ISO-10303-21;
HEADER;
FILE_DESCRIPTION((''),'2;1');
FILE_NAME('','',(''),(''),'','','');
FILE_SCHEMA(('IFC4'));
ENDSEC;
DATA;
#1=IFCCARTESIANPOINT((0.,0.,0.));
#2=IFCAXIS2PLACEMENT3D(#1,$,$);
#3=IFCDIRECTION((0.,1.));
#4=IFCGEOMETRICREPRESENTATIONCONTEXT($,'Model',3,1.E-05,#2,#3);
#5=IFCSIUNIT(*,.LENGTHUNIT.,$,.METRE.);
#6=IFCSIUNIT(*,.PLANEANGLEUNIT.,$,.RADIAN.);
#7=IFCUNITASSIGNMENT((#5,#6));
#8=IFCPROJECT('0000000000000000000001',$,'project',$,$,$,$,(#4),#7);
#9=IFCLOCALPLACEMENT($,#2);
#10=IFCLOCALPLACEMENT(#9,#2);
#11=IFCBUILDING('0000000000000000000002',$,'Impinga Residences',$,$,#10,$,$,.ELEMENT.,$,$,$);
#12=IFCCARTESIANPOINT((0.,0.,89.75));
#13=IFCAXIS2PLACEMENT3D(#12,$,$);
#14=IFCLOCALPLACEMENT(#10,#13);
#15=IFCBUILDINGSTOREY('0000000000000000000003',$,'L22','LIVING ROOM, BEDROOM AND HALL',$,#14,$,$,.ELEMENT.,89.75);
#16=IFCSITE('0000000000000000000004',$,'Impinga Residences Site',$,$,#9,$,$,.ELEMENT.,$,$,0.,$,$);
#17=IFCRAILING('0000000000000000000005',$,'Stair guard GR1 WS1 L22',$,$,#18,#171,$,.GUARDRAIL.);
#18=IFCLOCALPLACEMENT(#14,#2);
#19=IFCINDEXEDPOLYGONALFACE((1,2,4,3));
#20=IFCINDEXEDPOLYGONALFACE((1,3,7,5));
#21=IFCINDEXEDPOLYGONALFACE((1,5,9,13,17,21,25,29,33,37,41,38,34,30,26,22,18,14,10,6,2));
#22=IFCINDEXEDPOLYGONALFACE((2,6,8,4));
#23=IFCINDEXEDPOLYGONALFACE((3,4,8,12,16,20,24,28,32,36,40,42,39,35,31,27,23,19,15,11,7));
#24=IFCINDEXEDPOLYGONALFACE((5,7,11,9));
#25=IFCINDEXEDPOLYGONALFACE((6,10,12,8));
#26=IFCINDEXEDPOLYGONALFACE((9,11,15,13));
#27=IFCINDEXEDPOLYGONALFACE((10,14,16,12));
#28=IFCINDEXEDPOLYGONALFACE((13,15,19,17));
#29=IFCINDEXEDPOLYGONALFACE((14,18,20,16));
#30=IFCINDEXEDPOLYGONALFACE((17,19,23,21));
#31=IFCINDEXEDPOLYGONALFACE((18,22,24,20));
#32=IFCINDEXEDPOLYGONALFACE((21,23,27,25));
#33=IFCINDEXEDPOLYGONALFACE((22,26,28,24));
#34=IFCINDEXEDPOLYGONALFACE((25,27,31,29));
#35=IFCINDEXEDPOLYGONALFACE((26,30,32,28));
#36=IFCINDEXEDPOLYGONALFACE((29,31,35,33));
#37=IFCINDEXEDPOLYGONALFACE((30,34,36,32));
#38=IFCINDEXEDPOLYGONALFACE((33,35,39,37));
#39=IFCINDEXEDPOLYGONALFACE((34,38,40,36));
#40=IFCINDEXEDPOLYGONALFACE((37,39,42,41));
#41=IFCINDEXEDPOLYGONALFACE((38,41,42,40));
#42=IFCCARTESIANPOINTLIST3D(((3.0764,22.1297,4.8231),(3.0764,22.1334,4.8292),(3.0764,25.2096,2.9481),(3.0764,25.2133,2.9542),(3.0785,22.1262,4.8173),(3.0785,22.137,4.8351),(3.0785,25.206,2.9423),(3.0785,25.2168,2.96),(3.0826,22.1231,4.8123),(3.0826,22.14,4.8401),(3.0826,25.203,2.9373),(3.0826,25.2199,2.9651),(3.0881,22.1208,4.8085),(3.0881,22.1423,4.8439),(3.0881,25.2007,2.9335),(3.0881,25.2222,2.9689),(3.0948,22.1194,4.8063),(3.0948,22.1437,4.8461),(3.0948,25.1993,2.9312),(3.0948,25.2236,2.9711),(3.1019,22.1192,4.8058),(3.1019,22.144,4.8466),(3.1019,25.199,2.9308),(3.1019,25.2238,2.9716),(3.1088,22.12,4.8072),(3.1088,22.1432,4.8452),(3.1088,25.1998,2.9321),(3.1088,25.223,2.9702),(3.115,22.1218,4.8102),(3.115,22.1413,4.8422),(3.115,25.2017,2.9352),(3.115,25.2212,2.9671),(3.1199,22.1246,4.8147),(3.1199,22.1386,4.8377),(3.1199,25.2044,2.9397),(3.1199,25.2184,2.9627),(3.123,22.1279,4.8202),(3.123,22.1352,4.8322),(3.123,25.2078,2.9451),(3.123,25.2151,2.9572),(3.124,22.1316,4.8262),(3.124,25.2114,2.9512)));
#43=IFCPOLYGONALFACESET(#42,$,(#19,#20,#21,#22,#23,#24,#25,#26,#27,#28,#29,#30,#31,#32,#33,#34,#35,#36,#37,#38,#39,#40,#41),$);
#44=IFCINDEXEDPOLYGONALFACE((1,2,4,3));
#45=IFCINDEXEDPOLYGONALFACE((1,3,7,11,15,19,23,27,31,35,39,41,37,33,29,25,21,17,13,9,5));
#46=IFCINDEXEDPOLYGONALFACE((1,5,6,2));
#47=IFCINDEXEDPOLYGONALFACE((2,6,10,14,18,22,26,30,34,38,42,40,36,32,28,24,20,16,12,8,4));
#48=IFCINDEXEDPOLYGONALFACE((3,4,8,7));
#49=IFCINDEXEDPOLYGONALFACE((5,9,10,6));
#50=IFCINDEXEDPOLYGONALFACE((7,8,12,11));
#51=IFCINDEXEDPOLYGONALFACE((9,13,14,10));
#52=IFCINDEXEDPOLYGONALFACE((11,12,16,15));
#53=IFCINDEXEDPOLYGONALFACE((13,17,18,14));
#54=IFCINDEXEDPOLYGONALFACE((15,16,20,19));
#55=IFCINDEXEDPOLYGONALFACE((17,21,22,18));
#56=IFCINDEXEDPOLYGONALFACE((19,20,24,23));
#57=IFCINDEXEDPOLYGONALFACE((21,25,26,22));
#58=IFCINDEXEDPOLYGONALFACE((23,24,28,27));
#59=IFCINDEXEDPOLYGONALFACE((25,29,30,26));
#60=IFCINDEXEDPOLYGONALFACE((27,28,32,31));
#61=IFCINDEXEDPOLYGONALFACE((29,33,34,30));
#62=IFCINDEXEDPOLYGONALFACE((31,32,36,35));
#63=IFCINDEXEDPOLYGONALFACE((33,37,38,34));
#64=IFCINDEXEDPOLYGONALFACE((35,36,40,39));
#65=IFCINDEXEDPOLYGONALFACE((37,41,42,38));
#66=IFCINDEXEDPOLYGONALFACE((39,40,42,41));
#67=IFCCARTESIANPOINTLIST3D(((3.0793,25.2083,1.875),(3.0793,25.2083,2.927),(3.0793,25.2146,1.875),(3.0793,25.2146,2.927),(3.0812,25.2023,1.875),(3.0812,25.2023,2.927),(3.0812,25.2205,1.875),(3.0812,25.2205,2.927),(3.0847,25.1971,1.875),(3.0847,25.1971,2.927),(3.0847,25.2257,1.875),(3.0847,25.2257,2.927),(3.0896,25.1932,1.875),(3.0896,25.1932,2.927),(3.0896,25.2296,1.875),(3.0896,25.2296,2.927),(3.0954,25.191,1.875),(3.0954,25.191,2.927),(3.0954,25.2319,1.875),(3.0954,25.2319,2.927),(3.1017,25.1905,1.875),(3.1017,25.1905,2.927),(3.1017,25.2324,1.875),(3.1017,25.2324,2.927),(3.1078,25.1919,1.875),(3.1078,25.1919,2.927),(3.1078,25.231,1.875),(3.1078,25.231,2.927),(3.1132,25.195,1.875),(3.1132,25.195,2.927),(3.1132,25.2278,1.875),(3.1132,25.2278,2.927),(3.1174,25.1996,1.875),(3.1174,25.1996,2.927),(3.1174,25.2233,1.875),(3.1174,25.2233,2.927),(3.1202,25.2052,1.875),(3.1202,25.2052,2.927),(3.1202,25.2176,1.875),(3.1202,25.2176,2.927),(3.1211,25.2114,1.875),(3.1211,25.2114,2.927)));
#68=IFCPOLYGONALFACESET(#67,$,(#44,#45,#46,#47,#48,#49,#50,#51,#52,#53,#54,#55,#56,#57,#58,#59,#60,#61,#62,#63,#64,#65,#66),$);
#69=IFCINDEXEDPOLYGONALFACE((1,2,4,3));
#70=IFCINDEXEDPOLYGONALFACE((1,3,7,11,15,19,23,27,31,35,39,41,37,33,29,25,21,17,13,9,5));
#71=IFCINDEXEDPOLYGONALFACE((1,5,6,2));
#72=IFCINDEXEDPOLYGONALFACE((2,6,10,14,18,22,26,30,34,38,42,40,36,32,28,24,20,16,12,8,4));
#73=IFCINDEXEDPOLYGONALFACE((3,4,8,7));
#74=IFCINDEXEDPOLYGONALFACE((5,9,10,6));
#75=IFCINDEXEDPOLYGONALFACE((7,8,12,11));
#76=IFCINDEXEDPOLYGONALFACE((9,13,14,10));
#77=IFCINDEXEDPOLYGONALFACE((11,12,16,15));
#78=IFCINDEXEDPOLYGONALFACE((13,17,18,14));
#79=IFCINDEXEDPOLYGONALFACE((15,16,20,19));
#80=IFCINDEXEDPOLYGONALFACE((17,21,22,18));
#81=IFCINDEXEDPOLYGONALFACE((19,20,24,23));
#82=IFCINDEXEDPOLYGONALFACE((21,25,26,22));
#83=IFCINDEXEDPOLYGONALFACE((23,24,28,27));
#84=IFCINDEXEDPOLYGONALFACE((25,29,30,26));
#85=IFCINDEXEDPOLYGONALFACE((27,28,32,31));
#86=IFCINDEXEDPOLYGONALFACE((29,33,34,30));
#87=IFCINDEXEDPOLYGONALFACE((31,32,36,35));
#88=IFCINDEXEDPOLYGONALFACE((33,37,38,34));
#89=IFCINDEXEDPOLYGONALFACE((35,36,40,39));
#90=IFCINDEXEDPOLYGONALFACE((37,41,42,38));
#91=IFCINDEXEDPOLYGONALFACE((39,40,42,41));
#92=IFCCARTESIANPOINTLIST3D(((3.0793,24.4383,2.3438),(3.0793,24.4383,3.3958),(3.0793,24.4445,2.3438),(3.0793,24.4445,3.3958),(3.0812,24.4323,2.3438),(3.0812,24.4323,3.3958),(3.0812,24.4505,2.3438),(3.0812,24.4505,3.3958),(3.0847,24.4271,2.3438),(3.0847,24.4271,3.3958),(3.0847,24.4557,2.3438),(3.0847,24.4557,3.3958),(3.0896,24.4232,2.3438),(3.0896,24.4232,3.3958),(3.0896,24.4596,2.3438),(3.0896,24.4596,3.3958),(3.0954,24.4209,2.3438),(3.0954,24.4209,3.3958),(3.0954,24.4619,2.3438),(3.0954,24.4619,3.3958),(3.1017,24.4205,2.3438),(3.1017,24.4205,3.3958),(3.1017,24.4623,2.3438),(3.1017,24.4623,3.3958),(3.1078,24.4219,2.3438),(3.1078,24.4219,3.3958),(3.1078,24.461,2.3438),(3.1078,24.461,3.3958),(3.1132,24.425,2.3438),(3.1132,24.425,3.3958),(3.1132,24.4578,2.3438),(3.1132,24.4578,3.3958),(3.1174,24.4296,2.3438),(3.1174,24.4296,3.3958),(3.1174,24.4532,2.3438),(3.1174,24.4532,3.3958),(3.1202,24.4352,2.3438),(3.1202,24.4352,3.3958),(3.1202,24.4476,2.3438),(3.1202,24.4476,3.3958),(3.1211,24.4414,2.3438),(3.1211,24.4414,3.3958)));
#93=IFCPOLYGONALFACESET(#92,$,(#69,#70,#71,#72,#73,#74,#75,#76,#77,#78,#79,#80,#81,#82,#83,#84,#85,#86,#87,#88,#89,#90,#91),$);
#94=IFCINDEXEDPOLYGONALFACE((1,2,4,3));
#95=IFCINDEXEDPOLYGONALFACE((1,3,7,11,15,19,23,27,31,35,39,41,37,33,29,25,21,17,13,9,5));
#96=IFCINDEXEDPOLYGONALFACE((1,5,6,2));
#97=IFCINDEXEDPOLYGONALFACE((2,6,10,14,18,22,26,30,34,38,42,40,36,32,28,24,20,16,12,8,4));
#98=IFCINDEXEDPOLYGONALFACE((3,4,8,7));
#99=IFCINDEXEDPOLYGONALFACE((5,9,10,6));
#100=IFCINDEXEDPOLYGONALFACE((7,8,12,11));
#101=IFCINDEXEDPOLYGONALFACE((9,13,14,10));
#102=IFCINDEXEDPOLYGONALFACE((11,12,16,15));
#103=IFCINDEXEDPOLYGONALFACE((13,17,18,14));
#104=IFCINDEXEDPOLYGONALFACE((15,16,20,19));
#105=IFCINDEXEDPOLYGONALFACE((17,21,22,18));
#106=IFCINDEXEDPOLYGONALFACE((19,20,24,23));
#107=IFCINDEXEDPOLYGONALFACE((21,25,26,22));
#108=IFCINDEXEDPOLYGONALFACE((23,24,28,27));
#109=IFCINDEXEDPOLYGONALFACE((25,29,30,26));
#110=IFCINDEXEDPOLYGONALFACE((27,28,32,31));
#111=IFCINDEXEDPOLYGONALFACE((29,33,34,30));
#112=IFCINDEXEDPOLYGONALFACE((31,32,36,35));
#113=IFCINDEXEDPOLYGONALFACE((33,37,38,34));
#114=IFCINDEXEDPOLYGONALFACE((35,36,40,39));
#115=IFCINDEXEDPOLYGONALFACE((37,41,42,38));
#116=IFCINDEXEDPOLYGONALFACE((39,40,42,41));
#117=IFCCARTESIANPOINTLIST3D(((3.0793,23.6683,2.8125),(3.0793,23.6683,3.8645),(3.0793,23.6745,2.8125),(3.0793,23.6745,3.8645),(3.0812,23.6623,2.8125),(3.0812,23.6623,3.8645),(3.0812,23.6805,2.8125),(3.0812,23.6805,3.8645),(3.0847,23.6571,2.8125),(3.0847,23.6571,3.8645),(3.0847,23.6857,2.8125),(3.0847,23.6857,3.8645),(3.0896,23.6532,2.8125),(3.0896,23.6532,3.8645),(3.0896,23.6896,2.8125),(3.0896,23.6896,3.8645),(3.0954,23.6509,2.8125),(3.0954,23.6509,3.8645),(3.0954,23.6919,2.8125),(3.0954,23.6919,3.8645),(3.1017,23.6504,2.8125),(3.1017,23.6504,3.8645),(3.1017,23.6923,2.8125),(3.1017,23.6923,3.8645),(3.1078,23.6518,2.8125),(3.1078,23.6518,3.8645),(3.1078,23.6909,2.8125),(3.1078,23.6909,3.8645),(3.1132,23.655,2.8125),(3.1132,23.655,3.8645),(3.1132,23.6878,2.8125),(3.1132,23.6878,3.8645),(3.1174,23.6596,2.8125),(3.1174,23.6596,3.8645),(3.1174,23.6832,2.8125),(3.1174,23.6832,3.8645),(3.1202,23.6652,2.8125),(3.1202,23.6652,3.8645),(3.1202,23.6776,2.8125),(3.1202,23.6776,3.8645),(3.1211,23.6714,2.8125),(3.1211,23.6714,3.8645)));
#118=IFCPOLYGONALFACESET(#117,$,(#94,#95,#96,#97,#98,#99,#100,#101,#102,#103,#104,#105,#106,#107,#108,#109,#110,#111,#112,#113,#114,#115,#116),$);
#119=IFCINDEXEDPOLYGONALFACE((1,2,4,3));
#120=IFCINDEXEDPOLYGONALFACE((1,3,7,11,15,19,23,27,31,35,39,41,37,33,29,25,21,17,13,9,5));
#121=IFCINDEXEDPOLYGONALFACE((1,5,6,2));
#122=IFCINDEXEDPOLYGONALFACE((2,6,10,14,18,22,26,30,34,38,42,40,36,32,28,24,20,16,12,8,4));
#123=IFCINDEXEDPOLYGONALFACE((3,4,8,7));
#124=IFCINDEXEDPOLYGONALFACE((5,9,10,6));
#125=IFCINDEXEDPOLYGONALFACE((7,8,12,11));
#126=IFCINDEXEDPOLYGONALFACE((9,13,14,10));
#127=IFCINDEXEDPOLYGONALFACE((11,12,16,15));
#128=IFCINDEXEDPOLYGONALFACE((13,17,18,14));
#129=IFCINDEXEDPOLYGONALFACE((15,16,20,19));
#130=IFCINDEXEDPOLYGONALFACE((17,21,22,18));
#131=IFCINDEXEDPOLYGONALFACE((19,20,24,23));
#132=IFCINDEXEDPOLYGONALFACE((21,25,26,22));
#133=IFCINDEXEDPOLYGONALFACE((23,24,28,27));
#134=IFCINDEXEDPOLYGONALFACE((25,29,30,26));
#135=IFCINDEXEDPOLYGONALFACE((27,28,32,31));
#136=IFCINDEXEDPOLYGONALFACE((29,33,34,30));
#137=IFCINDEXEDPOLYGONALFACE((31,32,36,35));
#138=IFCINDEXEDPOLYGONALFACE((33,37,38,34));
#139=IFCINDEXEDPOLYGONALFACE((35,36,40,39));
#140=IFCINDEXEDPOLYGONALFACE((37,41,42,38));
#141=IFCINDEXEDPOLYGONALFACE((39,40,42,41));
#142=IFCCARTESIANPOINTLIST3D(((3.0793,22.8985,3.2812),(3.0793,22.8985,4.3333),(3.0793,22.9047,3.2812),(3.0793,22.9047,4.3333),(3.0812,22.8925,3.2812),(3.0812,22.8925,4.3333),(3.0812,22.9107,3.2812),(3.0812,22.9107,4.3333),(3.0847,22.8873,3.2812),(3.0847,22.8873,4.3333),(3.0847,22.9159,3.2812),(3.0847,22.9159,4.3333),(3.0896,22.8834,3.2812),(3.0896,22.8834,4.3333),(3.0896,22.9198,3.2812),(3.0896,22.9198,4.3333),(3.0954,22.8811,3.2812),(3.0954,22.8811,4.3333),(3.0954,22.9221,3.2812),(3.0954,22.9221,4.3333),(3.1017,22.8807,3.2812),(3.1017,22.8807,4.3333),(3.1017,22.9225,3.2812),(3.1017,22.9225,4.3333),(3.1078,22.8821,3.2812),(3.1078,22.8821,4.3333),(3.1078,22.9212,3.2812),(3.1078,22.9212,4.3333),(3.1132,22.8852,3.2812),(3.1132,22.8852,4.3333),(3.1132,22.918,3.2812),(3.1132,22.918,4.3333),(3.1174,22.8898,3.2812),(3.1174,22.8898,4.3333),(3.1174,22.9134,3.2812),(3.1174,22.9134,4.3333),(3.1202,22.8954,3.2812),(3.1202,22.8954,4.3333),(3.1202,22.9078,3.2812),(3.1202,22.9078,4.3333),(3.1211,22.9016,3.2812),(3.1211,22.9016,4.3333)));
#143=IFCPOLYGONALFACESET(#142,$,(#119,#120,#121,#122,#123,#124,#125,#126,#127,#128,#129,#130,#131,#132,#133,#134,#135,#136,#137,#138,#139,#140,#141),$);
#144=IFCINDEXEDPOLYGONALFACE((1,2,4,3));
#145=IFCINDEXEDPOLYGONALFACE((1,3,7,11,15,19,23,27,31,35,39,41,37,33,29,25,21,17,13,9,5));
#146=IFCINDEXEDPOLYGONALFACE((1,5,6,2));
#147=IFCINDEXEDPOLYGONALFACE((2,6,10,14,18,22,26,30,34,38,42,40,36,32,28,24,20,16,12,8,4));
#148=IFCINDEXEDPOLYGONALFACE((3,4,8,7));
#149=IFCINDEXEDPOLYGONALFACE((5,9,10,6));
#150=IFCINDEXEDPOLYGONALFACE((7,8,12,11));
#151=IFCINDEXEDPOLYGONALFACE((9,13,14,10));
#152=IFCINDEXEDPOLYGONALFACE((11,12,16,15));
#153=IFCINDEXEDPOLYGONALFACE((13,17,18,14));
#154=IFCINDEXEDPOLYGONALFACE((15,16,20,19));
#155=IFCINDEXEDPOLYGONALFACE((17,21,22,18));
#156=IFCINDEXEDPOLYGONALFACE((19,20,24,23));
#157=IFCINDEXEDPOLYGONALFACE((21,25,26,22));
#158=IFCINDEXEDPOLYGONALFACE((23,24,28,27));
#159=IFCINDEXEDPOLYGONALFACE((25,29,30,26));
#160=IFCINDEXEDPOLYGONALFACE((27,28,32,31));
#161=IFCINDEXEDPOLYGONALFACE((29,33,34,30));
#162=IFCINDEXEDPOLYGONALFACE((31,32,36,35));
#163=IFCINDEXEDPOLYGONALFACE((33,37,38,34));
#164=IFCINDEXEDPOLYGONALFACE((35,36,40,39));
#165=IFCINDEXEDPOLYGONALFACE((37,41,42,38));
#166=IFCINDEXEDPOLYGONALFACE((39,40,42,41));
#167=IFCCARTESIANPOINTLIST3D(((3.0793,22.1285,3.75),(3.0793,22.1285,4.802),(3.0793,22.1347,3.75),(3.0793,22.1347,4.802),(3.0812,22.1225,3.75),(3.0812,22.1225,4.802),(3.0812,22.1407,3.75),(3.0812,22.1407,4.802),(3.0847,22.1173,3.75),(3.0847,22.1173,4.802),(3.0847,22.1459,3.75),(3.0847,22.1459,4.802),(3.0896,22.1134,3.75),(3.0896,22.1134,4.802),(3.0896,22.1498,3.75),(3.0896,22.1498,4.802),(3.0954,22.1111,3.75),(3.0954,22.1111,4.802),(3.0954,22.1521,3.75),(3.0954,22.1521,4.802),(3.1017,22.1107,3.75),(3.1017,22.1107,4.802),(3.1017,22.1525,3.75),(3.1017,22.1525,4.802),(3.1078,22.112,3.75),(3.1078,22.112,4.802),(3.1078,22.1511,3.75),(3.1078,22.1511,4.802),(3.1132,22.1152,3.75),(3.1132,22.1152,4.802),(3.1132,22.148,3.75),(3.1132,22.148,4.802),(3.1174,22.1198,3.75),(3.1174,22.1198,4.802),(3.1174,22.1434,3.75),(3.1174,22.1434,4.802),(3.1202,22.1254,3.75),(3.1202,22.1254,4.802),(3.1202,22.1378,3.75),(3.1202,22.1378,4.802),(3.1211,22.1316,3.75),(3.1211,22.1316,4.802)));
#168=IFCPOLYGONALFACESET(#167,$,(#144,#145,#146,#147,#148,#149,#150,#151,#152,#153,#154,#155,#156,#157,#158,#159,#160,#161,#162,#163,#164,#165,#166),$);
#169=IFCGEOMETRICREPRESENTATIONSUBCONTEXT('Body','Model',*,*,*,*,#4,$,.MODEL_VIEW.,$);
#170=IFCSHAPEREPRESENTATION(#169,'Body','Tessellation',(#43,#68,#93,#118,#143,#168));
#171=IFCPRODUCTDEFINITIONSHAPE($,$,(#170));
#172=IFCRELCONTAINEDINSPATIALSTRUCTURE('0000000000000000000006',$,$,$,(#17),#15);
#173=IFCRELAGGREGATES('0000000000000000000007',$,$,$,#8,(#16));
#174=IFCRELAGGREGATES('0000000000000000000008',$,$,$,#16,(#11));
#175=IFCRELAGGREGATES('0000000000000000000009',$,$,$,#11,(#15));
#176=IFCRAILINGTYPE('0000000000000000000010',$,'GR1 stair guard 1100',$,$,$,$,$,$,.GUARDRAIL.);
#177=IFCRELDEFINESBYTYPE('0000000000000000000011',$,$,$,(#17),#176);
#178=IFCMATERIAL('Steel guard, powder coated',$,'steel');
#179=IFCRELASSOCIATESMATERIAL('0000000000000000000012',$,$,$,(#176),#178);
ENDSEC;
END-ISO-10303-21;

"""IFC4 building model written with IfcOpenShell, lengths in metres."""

from ifc_helpers import new_model, si_unit, direction, frame, origin, origin_2d, place, context, subcontext, project, spatial, circle, extrude, material, type_object, element, save


model = new_model("IFC4")

# Units and contexts
model_context = context("Model", 3, precision=1e-05, world=origin(), true_north=direction((0.0, 1.0)))
body_context = subcontext(model_context, "Body", "Model", "MODEL_VIEW")
ifc_project = project(units=[si_unit("LENGTHUNIT", "METRE"), si_unit("PLANEANGLEUNIT", "RADIAN")], contexts=[model_context])

# Site, building, storey
site_placement = place(None, origin())
site = spatial("IfcSite", under=ifc_project, at=site_placement, Name="Impinga Residences Site", CompositionType="ELEMENT", RefElevation=0.0)
building_placement = place(site_placement, origin())
building = spatial("IfcBuilding", under=site, at=building_placement, Name="Impinga Residences", CompositionType="ELEMENT")
storey_placement = place(building_placement, frame((0.0, 0.0, 89.75)))
storey = spatial("IfcBuildingStorey", under=building, at=storey_placement, Name="L22", Description="LIVING ROOM, BEDROOM AND HALL", CompositionType="ELEMENT", Elevation=89.75)

# Railing
ifc_material_1 = material(Name="Steel guard, powder coated", Category="steel")
railing_type_1 = type_object("IfcRailingType", Name="GR1 stair guard 1100", PredefinedType="GUARDRAIL", material=ifc_material_1)
railing_1_placement = place(storey_placement, frame((3.1001, 25.2114, 1.875)))
element("IfcRailing", 1, at=railing_1_placement, inside=storey, type_object=railing_type_1, Name="Stair guard GR1 WS1 L22", PredefinedType="GUARDRAIL", context=body_context, shape_type="SweptSolid", body=[
    extrude(circle(Radius=0.0239, at=origin_2d()), frame((0.0, 0.0, 1.0762), z_axis=(0.0, -0.854159, 0.520011), x_axis=(1.0, 0.0, 0.0)), (0.0, 0.0, 1.0), 3.6057),
    extrude(circle(Radius=0.021, at=origin_2d()), origin(), (0.0, 0.0, 1.0), 1.052),
    extrude(circle(Radius=0.021, at=origin_2d()), frame((0.0, -0.77, 0.4688)), (0.0, 0.0, 1.0), 1.052),
    extrude(circle(Radius=0.021, at=origin_2d()), frame((0.0, -1.54, 0.9375)), (0.0, 0.0, 1.0), 1.052),
    extrude(circle(Radius=0.021, at=origin_2d()), frame((0.0, -2.3098, 1.4062)), (0.0, 0.0, 1.0), 1.052),
    extrude(circle(Radius=0.021, at=origin_2d()), frame((0.0, -3.0798, 1.875)), (0.0, 0.0, 1.0), 1.052),
])

save(model, "model.ifc")
